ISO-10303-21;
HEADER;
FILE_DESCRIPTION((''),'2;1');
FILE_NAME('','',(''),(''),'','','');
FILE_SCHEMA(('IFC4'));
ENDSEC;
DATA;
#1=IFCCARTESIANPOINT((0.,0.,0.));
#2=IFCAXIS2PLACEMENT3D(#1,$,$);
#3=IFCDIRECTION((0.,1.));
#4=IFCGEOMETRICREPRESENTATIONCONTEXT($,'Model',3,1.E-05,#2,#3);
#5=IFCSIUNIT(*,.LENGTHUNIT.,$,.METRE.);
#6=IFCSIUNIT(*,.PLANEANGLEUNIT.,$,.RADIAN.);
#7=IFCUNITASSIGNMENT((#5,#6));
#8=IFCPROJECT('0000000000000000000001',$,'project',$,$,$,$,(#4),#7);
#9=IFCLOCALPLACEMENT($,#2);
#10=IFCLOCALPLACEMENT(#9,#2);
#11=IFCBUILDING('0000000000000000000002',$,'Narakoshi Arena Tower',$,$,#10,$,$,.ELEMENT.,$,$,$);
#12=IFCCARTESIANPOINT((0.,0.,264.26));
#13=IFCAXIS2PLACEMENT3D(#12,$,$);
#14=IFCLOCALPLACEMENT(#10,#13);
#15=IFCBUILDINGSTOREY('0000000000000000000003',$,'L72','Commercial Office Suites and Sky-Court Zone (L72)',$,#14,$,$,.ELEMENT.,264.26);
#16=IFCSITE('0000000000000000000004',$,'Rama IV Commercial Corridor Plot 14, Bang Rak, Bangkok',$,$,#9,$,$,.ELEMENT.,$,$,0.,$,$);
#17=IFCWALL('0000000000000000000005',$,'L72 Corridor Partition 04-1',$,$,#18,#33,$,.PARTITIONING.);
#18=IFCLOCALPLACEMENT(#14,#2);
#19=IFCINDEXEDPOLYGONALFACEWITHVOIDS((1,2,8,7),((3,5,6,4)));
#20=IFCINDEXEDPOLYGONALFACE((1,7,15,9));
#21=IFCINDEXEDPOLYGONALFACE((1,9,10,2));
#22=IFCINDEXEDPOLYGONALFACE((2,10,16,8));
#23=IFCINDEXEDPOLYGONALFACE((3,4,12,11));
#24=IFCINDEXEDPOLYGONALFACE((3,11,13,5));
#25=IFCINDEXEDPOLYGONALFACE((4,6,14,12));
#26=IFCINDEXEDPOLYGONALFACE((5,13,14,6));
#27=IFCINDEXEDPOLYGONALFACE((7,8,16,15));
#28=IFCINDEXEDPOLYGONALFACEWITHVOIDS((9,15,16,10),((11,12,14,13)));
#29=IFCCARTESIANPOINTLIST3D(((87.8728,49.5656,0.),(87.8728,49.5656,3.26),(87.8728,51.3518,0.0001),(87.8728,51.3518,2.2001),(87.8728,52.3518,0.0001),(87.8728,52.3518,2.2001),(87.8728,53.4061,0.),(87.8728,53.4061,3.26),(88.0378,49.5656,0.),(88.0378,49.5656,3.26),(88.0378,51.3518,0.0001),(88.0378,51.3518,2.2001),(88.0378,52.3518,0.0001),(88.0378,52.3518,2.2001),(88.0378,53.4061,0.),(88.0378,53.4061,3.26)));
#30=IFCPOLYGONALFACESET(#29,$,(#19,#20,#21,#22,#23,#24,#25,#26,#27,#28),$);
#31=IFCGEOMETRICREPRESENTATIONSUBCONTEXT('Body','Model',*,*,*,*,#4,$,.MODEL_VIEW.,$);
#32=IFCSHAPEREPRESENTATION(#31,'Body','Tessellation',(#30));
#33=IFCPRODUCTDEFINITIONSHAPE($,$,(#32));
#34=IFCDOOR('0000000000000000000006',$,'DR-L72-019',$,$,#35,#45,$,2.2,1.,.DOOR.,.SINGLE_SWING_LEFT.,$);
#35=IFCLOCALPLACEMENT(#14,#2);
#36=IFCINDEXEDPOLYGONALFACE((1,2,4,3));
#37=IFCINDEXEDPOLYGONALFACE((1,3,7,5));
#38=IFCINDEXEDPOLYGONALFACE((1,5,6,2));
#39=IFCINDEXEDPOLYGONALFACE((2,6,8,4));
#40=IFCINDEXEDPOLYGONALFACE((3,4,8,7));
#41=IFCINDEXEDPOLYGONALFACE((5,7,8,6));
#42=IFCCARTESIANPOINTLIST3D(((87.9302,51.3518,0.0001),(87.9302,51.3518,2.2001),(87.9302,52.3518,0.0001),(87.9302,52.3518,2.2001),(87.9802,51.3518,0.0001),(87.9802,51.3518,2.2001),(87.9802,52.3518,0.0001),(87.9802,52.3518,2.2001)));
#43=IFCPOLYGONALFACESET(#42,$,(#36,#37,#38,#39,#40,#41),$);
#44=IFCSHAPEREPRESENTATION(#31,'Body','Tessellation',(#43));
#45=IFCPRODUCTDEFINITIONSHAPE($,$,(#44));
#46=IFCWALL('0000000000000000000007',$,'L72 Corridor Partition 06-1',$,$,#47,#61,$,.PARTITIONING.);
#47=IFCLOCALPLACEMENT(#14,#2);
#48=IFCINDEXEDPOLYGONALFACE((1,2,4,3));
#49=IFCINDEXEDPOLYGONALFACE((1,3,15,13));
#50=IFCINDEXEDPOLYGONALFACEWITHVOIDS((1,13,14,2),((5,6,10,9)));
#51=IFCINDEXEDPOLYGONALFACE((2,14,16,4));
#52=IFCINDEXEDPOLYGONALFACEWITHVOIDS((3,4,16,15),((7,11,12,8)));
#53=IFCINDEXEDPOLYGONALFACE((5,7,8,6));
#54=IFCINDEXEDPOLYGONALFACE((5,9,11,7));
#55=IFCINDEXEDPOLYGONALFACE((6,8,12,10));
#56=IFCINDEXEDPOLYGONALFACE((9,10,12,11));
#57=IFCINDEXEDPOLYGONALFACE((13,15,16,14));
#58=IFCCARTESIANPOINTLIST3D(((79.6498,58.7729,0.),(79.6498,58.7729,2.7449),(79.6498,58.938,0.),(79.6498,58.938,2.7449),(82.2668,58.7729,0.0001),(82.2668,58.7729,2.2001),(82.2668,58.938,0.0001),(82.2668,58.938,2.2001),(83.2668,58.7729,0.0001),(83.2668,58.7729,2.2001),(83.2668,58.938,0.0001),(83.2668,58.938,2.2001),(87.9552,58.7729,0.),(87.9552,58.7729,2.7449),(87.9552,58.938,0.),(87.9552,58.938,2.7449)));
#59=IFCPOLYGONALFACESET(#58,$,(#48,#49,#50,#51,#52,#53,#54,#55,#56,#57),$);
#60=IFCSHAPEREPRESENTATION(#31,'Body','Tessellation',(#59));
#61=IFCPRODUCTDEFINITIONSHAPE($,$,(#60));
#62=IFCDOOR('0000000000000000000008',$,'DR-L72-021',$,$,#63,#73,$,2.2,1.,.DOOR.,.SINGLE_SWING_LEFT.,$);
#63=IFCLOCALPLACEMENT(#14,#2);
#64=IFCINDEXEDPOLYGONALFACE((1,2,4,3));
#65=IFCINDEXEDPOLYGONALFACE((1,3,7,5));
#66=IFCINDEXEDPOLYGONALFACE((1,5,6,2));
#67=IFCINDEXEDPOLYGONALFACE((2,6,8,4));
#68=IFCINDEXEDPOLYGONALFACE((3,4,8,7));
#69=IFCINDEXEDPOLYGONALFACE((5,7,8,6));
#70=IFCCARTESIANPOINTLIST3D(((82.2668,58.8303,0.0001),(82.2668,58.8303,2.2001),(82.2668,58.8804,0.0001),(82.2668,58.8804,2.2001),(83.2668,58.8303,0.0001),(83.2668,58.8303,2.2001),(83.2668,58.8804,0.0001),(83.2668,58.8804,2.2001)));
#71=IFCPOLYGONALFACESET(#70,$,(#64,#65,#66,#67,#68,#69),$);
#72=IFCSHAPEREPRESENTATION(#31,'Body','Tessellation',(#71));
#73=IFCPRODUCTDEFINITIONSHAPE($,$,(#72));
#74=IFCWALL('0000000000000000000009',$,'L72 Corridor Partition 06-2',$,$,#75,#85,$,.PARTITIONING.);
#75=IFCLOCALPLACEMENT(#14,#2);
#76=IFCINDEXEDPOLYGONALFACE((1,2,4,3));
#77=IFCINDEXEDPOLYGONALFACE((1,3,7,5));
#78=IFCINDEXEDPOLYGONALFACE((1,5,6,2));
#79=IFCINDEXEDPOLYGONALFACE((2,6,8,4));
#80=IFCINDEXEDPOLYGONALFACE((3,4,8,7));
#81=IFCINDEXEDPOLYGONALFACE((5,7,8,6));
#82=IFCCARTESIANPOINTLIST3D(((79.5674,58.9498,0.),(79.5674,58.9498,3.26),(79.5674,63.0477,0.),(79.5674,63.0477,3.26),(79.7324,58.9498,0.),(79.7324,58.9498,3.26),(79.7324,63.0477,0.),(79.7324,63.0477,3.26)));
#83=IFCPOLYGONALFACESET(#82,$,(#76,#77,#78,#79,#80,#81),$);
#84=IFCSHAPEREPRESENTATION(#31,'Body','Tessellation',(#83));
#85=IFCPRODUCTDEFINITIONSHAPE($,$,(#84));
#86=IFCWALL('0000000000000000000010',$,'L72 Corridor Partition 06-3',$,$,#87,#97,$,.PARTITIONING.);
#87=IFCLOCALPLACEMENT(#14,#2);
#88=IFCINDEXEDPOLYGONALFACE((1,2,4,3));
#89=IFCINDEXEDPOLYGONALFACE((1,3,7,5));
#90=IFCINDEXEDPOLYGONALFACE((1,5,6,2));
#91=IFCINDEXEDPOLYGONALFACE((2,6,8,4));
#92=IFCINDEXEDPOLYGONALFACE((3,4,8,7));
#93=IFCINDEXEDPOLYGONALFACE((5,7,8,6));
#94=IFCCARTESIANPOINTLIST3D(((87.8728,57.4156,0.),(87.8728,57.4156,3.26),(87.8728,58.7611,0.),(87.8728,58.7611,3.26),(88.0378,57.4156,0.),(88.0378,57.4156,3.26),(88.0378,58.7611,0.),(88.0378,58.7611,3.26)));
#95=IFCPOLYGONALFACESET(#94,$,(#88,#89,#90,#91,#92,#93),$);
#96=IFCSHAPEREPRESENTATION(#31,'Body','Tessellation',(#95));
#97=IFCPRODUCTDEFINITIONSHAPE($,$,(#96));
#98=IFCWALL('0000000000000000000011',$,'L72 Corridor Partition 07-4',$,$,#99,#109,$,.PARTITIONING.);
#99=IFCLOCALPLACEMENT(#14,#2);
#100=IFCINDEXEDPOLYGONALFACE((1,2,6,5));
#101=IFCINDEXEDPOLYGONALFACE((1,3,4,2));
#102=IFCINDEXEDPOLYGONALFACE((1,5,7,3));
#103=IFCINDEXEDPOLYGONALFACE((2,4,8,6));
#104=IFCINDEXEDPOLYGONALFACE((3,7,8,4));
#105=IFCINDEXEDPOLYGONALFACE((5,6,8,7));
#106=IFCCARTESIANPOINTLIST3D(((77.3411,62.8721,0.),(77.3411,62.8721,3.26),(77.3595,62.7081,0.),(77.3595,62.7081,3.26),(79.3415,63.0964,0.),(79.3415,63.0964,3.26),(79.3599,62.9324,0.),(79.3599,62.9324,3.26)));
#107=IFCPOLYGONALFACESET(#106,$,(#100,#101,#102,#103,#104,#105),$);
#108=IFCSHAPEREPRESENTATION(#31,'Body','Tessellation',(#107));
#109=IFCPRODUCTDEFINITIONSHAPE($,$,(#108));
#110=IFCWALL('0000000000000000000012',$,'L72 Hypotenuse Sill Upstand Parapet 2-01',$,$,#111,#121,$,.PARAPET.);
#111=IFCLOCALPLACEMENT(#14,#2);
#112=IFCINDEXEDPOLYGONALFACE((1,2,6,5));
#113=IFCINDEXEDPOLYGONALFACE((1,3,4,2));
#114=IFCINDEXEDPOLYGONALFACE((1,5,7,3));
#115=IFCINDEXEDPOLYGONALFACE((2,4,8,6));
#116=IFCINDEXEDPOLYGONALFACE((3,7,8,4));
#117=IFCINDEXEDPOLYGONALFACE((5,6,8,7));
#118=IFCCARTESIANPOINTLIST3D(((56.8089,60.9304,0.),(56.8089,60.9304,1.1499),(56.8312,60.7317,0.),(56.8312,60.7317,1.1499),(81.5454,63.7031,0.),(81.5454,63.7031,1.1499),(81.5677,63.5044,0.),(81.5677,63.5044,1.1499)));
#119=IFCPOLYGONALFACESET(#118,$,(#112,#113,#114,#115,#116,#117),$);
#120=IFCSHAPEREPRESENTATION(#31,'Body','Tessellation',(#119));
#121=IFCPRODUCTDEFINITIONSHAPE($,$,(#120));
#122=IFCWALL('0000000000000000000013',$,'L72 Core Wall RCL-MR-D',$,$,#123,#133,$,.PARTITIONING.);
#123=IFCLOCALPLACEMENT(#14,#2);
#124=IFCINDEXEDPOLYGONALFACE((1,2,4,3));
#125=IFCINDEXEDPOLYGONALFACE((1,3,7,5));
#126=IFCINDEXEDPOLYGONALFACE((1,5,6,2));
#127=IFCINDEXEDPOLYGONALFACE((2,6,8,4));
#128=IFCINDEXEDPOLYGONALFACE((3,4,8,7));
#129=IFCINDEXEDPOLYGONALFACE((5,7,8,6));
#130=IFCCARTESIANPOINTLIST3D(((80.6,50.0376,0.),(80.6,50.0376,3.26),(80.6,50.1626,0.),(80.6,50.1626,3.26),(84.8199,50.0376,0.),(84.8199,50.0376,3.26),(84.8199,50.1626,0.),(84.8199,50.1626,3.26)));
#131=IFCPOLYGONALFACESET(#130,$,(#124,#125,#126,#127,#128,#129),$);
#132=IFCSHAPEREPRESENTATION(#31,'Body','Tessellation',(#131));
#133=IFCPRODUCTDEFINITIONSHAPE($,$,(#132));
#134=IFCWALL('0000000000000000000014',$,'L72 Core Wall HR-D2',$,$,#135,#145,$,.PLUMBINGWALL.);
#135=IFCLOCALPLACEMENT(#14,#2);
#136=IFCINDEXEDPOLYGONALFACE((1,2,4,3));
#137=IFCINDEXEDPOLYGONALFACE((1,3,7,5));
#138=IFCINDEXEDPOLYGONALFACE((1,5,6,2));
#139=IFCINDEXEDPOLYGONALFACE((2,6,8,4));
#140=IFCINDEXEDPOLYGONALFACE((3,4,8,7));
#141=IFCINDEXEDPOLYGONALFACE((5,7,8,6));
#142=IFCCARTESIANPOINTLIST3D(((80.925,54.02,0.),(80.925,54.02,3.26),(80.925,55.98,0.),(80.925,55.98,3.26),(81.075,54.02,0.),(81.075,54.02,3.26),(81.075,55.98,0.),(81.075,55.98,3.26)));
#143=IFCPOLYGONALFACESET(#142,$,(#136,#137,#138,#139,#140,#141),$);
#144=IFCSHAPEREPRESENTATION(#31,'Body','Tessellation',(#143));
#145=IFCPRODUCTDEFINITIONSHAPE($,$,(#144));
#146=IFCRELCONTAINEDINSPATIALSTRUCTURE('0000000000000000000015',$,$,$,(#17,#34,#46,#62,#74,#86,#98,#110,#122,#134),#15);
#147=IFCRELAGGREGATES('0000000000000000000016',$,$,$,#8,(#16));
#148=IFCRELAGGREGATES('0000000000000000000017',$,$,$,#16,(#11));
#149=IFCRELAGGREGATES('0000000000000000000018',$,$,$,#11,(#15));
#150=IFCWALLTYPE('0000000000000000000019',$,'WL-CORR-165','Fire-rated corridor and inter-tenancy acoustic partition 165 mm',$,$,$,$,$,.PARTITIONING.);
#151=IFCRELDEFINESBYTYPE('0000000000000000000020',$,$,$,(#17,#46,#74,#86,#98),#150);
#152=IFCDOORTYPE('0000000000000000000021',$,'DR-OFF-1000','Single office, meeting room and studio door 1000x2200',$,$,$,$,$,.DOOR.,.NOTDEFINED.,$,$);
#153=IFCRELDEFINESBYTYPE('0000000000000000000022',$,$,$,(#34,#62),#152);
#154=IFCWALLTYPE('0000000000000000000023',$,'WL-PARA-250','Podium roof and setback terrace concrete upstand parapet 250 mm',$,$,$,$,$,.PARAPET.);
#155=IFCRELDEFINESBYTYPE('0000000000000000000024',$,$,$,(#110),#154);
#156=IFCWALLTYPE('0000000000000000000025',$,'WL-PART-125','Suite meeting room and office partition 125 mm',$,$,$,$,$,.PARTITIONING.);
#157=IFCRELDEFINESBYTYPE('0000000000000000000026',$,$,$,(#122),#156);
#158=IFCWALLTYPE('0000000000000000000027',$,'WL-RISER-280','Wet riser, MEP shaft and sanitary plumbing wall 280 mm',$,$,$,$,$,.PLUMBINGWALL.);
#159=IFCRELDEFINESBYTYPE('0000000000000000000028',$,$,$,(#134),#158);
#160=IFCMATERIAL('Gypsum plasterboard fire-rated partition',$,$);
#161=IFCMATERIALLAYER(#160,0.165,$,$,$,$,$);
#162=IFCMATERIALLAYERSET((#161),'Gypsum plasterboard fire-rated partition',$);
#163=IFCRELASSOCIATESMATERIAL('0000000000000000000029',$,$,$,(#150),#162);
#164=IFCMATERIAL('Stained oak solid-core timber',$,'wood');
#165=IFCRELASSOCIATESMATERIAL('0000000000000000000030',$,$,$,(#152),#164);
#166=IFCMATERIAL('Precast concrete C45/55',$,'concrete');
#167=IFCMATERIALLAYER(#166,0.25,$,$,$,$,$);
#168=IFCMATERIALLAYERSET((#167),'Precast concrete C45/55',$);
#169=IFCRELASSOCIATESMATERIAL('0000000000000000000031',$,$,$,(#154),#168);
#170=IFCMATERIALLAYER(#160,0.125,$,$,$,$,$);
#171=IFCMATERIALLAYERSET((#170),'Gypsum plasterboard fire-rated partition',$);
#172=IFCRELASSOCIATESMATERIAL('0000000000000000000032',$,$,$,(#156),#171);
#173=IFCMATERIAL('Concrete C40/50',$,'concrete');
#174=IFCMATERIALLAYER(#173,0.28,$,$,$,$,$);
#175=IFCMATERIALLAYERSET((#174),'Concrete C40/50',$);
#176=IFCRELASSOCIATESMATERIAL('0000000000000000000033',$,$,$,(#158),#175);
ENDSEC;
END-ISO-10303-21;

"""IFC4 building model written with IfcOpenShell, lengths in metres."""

from ifc_helpers import new_model, si_unit, direction, frame, frame_2d, origin, place, context, subcontext, project, spatial, rectangle, extrude, material, layer, layer_set, type_object, element, fill, save


model = new_model("IFC4")

# Units and contexts
model_context = context("Model", 3, precision=1e-05, world=origin(), true_north=direction((0.0, 1.0)))
body_context = subcontext(model_context, "Body", "Model", "MODEL_VIEW")
ifc_project = project(units=[si_unit("LENGTHUNIT", "METRE"), si_unit("PLANEANGLEUNIT", "RADIAN")], contexts=[model_context])

# Site, building, storey
site_placement = place(None, origin())
site = spatial("IfcSite", under=ifc_project, at=site_placement, Name="Rama IV Commercial Corridor Plot 14, Bang Rak, Bangkok", CompositionType="ELEMENT", RefElevation=0.0)
building_placement = place(site_placement, origin())
building = spatial("IfcBuilding", under=site, at=building_placement, Name="Narakoshi Arena Tower", CompositionType="ELEMENT")
storey_placement = place(building_placement, frame((0.0, 0.0, 264.26)))
storey = spatial("IfcBuildingStorey", under=building, at=storey_placement, Name="L72", Description="Commercial Office Suites and Sky-Court Zone (L72)", CompositionType="ELEMENT", Elevation=264.26)

# Shared definitions
ifc_material_1 = material(Name="Gypsum plasterboard fire-rated partition")
ifc_layer_1 = layer(ifc_material_1, 0.165)
ifc_layer_set_1 = layer_set([ifc_layer_1], Name="Gypsum plasterboard fire-rated partition")
wall_type_1 = type_object("IfcWallType", Name="WL-CORR-165", Description="Fire-rated corridor and inter-tenancy acoustic partition 165 mm", PredefinedType="PARTITIONING", material=ifc_layer_set_1)

# Walls, openings, doors
wall_1_placement = place(storey_placement, frame((87.9553, 49.5654, 0.0), z_axis=(0.0, 0.0, 1.0), x_axis=(0.0, 1.0, 0.0)))
wall_1 = element("IfcWall", 1, at=wall_1_placement, inside=storey, type_object=wall_type_1, Name="L72 Corridor Partition 04-1", PredefinedType="PARTITIONING", context=body_context, shape_type="SweptSolid", body=[
    extrude(rectangle(XDim=3.8406, YDim=0.165, at=frame_2d((1.9204, 0.0))), origin(), (0.0, 0.0, 1.0), 3.26),
])
opening_1_placement = place(wall_1_placement, frame((1.7864, 0.0, 0.0)))
opening_1 = element("IfcOpeningElement", 2, at=opening_1_placement, cuts=wall_1, PredefinedType="OPENING", context=body_context, shape_type="SweptSolid", body=[
    extrude(rectangle(XDim=1.0, YDim=2.2, at=frame_2d((0.5, 1.1001))), frame((0.0, 0.0925, 0.0), z_axis=(0.0, -1.0, 0.0), x_axis=(1.0, 0.0, 0.0)), (0.0, 0.0, 1.0), 0.1851),
])
ifc_material_2 = material(Name="Stained oak solid-core timber", Category="wood")
door_type_1 = type_object("IfcDoorType", Name="DR-OFF-1000", Description="Single office, meeting room and studio door 1000x2200", OperationType="NOTDEFINED", PredefinedType="DOOR", material=ifc_material_2)
door_1_placement = place(opening_1_placement, frame((1.0, 0.0, 0.0), z_axis=(0.0, 0.0, 1.0), x_axis=(-1.0, 0.0, 0.0)))
door_1 = element("IfcDoor", 3, at=door_1_placement, inside=storey, type_object=door_type_1, Name="DR-L72-019", OperationType="SINGLE_SWING_LEFT", OverallHeight=2.2, OverallWidth=1.0, PredefinedType="DOOR", context=body_context, shape_type="SweptSolid", body=[
    extrude(rectangle(XDim=1.0, YDim=2.2, at=frame_2d((0.5, 1.1001))), frame((0.0, 0.0249, 0.0), z_axis=(0.0, -1.0, 0.0), x_axis=(1.0, 0.0, 0.0)), (0.0, 0.0, 1.0), 0.05),
])
fill(opening_1, door_1)
wall_2_placement = place(storey_placement, frame((87.9553, 58.8555, 0.0), z_axis=(0.0, 0.0, 1.0), x_axis=(-1.0, 0.0, 0.0)))
wall_2 = element("IfcWall", 4, at=wall_2_placement, inside=storey, type_object=wall_type_1, Name="L72 Corridor Partition 06-1", PredefinedType="PARTITIONING", context=body_context, shape_type="SweptSolid", body=[
    extrude(rectangle(XDim=8.3054, YDim=0.165, at=frame_2d((4.1528, 0.0))), origin(), (0.0, 0.0, 1.0), 2.7449),
])
opening_2_placement = place(wall_2_placement, frame((4.6885, 0.0, 0.0)))
opening_2 = element("IfcOpeningElement", 5, at=opening_2_placement, cuts=wall_2, PredefinedType="OPENING", context=body_context, shape_type="SweptSolid", body=[
    extrude(rectangle(XDim=1.0, YDim=2.2, at=frame_2d((0.5, 1.1001))), frame((0.0, 0.0925, 0.0), z_axis=(0.0, -1.0, 0.0), x_axis=(1.0, 0.0, 0.0)), (0.0, 0.0, 1.0), 0.1851),
])
door_2_placement = place(opening_2_placement, frame((1.0, 0.0, 0.0), z_axis=(0.0, 0.0, 1.0), x_axis=(-1.0, 0.0, 0.0)))
door_2 = element("IfcDoor", 6, at=door_2_placement, inside=storey, type_object=door_type_1, Name="DR-L72-021", OperationType="SINGLE_SWING_LEFT", OverallHeight=2.2, OverallWidth=1.0, PredefinedType="DOOR", context=body_context, shape_type="SweptSolid", body=[
    extrude(rectangle(XDim=1.0, YDim=2.2, at=frame_2d((0.5, 1.1001))), frame((0.0, 0.0249, 0.0), z_axis=(0.0, -1.0, 0.0), x_axis=(1.0, 0.0, 0.0)), (0.0, 0.0, 1.0), 0.05),
])
fill(opening_2, door_2)

# Walls
wall_3_placement = place(storey_placement, frame((79.6499, 58.95, 0.0), z_axis=(0.0, 0.0, 1.0), x_axis=(0.0, 1.0, 0.0)))
element("IfcWall", 7, at=wall_3_placement, inside=storey, type_object=wall_type_1, Name="L72 Corridor Partition 06-2", PredefinedType="PARTITIONING", context=body_context, shape_type="SweptSolid", body=[
    extrude(rectangle(XDim=4.0979, YDim=0.165, at=frame_2d((2.0488, 0.0))), origin(), (0.0, 0.0, 1.0), 3.26),
])
wall_4_placement = place(storey_placement, frame((87.9553, 57.4155, 0.0), z_axis=(0.0, 0.0, 1.0), x_axis=(0.0, 1.0, 0.0)))
element("IfcWall", 8, at=wall_4_placement, inside=storey, type_object=wall_type_1, Name="L72 Corridor Partition 06-3", PredefinedType="PARTITIONING", context=body_context, shape_type="SweptSolid", body=[
    extrude(rectangle(XDim=1.3455, YDim=0.165, at=frame_2d((0.6729, 0.0))), origin(), (0.0, 0.0, 1.0), 3.26),
])
wall_5_placement = place(storey_placement, frame((79.3506, 63.0144, 0.0), z_axis=(0.0, 0.0, 1.0), x_axis=(-0.993769, -0.111456, 0.0)))
element("IfcWall", 9, at=wall_5_placement, inside=storey, type_object=wall_type_1, Name="L72 Corridor Partition 07-4", PredefinedType="PARTITIONING", context=body_context, shape_type="SweptSolid", body=[
    extrude(rectangle(XDim=2.0129, YDim=0.165, at=frame_2d((1.0063, 0.0))), origin(), (0.0, 0.0, 1.0), 3.26),
])
ifc_material_3 = material(Name="Precast concrete C45/55", Category="concrete")
ifc_layer_2 = layer(ifc_material_3, 0.25)
ifc_layer_set_2 = layer_set([ifc_layer_2], Name="Precast concrete C45/55")
wall_type_2 = type_object("IfcWallType", Name="WL-PARA-250", Description="Podium roof and setback terrace concrete upstand parapet 250 mm", PredefinedType="PARAPET", material=ifc_layer_set_2)
wall_6_placement = place(storey_placement, frame((81.5566, 63.6038, 0.0), z_axis=(0.0, 0.0, 1.0), x_axis=(-0.993776, -0.111393, 0.0)))
element("IfcWall", 10, at=wall_6_placement, inside=storey, type_object=wall_type_2, Name="L72 Hypotenuse Sill Upstand Parapet 2-01", PredefinedType="PARAPET", context=body_context, shape_type="SweptSolid", body=[
    extrude(rectangle(XDim=24.8914, YDim=0.2, at=frame_2d((12.4458, 0.0))), origin(), (0.0, 0.0, 1.0), 1.1499),
])
ifc_layer_3 = layer(ifc_material_1, 0.125)
ifc_layer_set_3 = layer_set([ifc_layer_3], Name="Gypsum plasterboard fire-rated partition")
wall_type_3 = type_object("IfcWallType", Name="WL-PART-125", Description="Suite meeting room and office partition 125 mm", PredefinedType="PARTITIONING", material=ifc_layer_set_3)
wall_7_placement = place(storey_placement, frame((80.6001, 50.1001, 0.0), z_axis=(0.0, 0.0, 1.0), x_axis=(1.0, 0.0, 0.0)))
element("IfcWall", 11, at=wall_7_placement, inside=storey, type_object=wall_type_3, Name="L72 Core Wall RCL-MR-D", PredefinedType="PARTITIONING", context=body_context, shape_type="SweptSolid", body=[
    extrude(rectangle(XDim=4.22, YDim=0.125, at=frame_2d((2.1099, 0.0))), origin(), (0.0, 0.0, 1.0), 3.26),
])
ifc_material_4 = material(Name="Concrete C40/50", Category="concrete")
ifc_layer_4 = layer(ifc_material_4, 0.28)
ifc_layer_set_4 = layer_set([ifc_layer_4], Name="Concrete C40/50")
wall_type_4 = type_object("IfcWallType", Name="WL-RISER-280", Description="Wet riser, MEP shaft and sanitary plumbing wall 280 mm", PredefinedType="PLUMBINGWALL", material=ifc_layer_set_4)
wall_8_placement = place(storey_placement, frame((81.0, 54.02, 0.0), z_axis=(0.0, 0.0, 1.0), x_axis=(0.0, 1.0, 0.0)))
element("IfcWall", 12, at=wall_8_placement, inside=storey, type_object=wall_type_4, Name="L72 Core Wall HR-D2", PredefinedType="PLUMBINGWALL", context=body_context, shape_type="SweptSolid", body=[
    extrude(rectangle(XDim=1.96, YDim=0.1499, at=frame_2d((0.98, 0.0))), origin(), (0.0, 0.0, 1.0), 3.26),
])

save(model, "model.ifc")
